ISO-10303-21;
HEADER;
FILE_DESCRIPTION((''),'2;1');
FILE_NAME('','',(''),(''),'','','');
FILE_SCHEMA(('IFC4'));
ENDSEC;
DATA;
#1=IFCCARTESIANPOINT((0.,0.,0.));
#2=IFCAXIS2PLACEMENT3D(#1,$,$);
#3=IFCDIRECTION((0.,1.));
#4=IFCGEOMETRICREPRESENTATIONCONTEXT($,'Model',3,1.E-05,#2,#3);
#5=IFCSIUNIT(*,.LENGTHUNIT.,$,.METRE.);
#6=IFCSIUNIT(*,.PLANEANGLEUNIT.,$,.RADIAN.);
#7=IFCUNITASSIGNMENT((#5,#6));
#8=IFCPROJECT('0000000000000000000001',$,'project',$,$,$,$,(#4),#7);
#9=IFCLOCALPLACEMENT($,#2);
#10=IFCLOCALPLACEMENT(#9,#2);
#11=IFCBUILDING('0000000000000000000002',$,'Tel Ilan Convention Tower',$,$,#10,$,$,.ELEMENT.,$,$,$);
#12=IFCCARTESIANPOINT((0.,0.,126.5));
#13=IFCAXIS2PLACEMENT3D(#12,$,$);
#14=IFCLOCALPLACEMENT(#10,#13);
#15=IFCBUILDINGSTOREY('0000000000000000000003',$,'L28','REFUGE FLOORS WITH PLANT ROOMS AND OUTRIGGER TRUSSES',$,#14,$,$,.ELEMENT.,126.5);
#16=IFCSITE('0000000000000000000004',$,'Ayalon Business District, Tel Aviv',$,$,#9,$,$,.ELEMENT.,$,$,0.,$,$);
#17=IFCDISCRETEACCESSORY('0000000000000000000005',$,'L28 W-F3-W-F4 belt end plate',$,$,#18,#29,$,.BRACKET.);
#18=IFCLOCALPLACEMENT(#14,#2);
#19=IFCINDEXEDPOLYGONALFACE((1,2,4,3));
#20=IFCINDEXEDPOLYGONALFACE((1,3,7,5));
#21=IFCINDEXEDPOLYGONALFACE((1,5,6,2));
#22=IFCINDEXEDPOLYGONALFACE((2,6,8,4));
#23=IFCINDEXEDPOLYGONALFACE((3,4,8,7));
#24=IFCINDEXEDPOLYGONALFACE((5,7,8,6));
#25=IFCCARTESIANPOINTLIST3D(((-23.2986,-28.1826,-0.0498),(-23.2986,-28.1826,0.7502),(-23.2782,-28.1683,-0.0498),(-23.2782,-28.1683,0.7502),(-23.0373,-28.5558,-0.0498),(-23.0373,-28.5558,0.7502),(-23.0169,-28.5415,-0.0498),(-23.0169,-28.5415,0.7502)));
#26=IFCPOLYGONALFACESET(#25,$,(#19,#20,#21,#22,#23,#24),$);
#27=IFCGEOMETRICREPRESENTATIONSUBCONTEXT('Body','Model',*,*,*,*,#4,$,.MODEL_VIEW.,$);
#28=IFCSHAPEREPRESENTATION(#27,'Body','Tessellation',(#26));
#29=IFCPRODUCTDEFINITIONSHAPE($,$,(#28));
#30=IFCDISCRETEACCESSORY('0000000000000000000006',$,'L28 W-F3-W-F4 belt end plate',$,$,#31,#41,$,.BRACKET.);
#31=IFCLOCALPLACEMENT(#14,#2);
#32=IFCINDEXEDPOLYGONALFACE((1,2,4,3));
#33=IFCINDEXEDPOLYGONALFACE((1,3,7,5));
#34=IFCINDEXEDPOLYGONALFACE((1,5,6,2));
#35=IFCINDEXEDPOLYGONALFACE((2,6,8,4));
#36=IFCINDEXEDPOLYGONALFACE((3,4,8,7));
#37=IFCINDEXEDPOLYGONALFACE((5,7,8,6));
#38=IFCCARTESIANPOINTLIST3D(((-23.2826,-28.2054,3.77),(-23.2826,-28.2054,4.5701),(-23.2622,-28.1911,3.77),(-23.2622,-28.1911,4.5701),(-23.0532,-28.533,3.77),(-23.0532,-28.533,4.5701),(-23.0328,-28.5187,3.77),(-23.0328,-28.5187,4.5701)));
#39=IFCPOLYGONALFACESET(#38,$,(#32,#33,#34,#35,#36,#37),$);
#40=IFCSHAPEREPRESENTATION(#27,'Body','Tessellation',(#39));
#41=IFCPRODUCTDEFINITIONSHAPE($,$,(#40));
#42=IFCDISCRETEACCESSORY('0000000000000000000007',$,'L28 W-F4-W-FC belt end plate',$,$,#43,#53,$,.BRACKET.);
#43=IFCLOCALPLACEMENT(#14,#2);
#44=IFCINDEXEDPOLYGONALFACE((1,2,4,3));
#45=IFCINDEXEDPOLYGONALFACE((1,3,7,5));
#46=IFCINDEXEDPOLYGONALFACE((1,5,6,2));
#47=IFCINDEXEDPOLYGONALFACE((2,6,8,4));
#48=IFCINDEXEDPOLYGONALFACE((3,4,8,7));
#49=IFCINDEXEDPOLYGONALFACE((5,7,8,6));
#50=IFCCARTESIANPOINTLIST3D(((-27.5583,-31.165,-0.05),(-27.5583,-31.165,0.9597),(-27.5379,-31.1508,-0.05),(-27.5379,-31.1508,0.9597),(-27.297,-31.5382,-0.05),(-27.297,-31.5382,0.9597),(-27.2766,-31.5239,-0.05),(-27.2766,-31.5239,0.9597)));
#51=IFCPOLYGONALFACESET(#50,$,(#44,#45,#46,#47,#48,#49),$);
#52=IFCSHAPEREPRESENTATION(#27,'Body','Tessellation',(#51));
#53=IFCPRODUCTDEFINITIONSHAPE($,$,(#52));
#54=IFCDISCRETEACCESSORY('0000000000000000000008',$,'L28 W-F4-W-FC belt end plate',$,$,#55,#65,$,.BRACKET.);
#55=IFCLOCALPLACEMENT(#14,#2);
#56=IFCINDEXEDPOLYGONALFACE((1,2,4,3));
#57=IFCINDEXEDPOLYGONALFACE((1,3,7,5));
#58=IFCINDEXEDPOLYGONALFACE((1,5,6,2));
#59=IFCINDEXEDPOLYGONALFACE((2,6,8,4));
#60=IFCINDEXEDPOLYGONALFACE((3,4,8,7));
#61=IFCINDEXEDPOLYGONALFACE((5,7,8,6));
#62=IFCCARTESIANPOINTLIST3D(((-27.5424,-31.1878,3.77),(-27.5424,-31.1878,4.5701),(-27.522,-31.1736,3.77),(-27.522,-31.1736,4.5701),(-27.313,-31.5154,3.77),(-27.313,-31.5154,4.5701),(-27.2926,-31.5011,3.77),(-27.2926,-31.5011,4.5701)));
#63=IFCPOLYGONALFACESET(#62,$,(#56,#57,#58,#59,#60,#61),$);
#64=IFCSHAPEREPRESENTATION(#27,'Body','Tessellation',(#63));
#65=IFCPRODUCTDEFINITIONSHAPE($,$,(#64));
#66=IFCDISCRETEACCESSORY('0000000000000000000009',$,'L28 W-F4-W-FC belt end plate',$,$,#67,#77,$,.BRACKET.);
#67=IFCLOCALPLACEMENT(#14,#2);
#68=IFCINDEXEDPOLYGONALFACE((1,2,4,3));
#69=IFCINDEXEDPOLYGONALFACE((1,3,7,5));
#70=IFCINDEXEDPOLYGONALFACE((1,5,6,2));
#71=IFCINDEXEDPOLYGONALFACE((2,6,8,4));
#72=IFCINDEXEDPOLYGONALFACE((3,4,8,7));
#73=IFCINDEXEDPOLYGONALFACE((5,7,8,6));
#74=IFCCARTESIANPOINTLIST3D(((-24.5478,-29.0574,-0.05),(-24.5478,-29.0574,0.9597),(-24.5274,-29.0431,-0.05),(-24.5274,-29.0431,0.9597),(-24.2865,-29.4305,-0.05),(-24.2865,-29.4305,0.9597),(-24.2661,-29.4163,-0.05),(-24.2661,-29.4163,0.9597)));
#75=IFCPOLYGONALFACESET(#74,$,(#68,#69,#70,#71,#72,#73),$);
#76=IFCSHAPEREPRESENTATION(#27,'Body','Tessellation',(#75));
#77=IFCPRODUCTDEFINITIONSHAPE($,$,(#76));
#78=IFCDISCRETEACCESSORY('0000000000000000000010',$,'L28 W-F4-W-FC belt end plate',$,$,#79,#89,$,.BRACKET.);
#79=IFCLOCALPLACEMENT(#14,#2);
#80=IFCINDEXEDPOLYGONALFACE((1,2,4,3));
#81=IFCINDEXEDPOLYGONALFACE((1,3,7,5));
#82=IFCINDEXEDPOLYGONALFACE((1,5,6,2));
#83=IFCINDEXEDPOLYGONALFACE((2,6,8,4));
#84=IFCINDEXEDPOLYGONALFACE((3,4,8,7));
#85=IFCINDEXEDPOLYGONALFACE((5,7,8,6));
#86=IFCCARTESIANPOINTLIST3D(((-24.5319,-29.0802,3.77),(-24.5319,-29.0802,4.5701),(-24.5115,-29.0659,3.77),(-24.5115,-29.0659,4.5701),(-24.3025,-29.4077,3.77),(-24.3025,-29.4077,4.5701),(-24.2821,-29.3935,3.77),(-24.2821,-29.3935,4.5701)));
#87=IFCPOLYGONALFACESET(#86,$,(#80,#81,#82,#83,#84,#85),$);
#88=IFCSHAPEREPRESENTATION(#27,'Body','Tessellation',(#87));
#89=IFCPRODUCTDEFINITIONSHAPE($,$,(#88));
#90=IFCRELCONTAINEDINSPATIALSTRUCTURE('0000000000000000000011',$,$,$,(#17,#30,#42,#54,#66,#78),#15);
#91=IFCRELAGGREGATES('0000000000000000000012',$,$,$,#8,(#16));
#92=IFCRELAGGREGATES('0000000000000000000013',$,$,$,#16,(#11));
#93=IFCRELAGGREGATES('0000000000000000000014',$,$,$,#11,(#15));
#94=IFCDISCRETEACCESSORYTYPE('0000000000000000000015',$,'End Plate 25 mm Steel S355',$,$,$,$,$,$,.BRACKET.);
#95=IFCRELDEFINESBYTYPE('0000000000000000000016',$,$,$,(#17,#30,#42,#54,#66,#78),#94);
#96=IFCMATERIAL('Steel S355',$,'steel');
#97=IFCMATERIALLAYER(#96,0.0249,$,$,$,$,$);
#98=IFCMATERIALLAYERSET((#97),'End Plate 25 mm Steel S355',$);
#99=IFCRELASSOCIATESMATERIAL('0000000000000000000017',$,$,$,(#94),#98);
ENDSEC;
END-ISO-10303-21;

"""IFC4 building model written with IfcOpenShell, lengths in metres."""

from ifc_helpers import new_model, si_unit, direction, frame, origin, origin_2d, place, context, subcontext, project, spatial, rectangle, extrude, material, layer, layer_set, type_object, element, save


model = new_model("IFC4")

# Units and contexts
model_context = context("Model", 3, precision=1e-05, world=origin(), true_north=direction((0.0, 1.0)))
body_context = subcontext(model_context, "Body", "Model", "MODEL_VIEW")
ifc_project = project(units=[si_unit("LENGTHUNIT", "METRE"), si_unit("PLANEANGLEUNIT", "RADIAN")], contexts=[model_context])

# Site, building, storey
site_placement = place(None, origin())
site = spatial("IfcSite", under=ifc_project, at=site_placement, Name="Ayalon Business District, Tel Aviv", CompositionType="ELEMENT", RefElevation=0.0)
building_placement = place(site_placement, origin())
building = spatial("IfcBuilding", under=site, at=building_placement, Name="Tel Ilan Convention Tower", CompositionType="ELEMENT")
storey_placement = place(building_placement, frame((0.0, 0.0, 126.5)))
storey = spatial("IfcBuildingStorey", under=building, at=storey_placement, Name="L28", Description="REFUGE FLOORS WITH PLANT ROOMS AND OUTRIGGER TRUSSES", CompositionType="ELEMENT", Elevation=126.5)

# Discrete accessories
ifc_material_1 = material(Name="Steel S355", Category="steel")
ifc_layer_1 = layer(ifc_material_1, 0.0249)
ifc_layer_set_1 = layer_set([ifc_layer_1], Name="End Plate 25 mm Steel S355")
discrete_accessory_type_1 = type_object("IfcDiscreteAccessoryType", Name="End Plate 25 mm Steel S355", PredefinedType="BRACKET", material=ifc_layer_set_1)
discrete_accessory_1_placement = place(storey_placement, frame((-23.1577, -28.3621, -0.0498), z_axis=(0.0, 0.0, 1.0), x_axis=(-0.819152, -0.573576, 0.0)))
element("IfcDiscreteAccessory", 1, at=discrete_accessory_1_placement, inside=storey, type_object=discrete_accessory_type_1, Name="L28 W-F3-W-F4 belt end plate", PredefinedType="BRACKET", context=body_context, shape_type="SweptSolid", body=[
    extrude(rectangle(XDim=0.0249, YDim=0.4556, at=origin_2d()), origin(), (0.0, 0.0, 1.0), 0.8),
])
discrete_accessory_2_placement = place(storey_placement, frame((-23.1577, -28.3621, 3.77), z_axis=(0.0, 0.0, 1.0), x_axis=(-0.819152, -0.573576, 0.0)))
element("IfcDiscreteAccessory", 2, at=discrete_accessory_2_placement, inside=storey, type_object=discrete_accessory_type_1, Name="L28 W-F3-W-F4 belt end plate", PredefinedType="BRACKET", context=body_context, shape_type="SweptSolid", body=[
    extrude(rectangle(XDim=0.0249, YDim=0.3999, at=origin_2d()), origin(), (0.0, 0.0, 1.0), 0.8),
])
discrete_accessory_3_placement = place(storey_placement, frame((-27.4175, -31.3445, -0.05), z_axis=(0.0, 0.0, 1.0), x_axis=(-0.819152, -0.573576, 0.0)))
element("IfcDiscreteAccessory", 3, at=discrete_accessory_3_placement, inside=storey, type_object=discrete_accessory_type_1, Name="L28 W-F4-W-FC belt end plate", PredefinedType="BRACKET", context=body_context, shape_type="SweptSolid", body=[
    extrude(rectangle(XDim=0.0249, YDim=0.4556, at=origin_2d()), origin(), (0.0, 0.0, 1.0), 1.0098),
])
discrete_accessory_4_placement = place(storey_placement, frame((-27.4175, -31.3445, 3.77), z_axis=(0.0, 0.0, 1.0), x_axis=(-0.819152, -0.573576, 0.0)))
element("IfcDiscreteAccessory", 4, at=discrete_accessory_4_placement, inside=storey, type_object=discrete_accessory_type_1, Name="L28 W-F4-W-FC belt end plate", PredefinedType="BRACKET", context=body_context, shape_type="SweptSolid", body=[
    extrude(rectangle(XDim=0.0249, YDim=0.3999, at=origin_2d()), origin(), (0.0, 0.0, 1.0), 0.8),
])
discrete_accessory_5_placement = place(storey_placement, frame((-24.407, -29.2368, -0.05), z_axis=(0.0, 0.0, 1.0), x_axis=(0.819152, 0.573576, 0.0)))
element("IfcDiscreteAccessory", 5, at=discrete_accessory_5_placement, inside=storey, type_object=discrete_accessory_type_1, Name="L28 W-F4-W-FC belt end plate", PredefinedType="BRACKET", context=body_context, shape_type="SweptSolid", body=[
    extrude(rectangle(XDim=0.0249, YDim=0.4556, at=origin_2d()), origin(), (0.0, 0.0, 1.0), 1.0098),
])
discrete_accessory_6_placement = place(storey_placement, frame((-24.407, -29.2368, 3.77), z_axis=(0.0, 0.0, 1.0), x_axis=(0.819152, 0.573576, 0.0)))
element("IfcDiscreteAccessory", 6, at=discrete_accessory_6_placement, inside=storey, type_object=discrete_accessory_type_1, Name="L28 W-F4-W-FC belt end plate", PredefinedType="BRACKET", context=body_context, shape_type="SweptSolid", body=[
    extrude(rectangle(XDim=0.0249, YDim=0.3999, at=origin_2d()), origin(), (0.0, 0.0, 1.0), 0.8),
])

save(model, "model.ifc")
